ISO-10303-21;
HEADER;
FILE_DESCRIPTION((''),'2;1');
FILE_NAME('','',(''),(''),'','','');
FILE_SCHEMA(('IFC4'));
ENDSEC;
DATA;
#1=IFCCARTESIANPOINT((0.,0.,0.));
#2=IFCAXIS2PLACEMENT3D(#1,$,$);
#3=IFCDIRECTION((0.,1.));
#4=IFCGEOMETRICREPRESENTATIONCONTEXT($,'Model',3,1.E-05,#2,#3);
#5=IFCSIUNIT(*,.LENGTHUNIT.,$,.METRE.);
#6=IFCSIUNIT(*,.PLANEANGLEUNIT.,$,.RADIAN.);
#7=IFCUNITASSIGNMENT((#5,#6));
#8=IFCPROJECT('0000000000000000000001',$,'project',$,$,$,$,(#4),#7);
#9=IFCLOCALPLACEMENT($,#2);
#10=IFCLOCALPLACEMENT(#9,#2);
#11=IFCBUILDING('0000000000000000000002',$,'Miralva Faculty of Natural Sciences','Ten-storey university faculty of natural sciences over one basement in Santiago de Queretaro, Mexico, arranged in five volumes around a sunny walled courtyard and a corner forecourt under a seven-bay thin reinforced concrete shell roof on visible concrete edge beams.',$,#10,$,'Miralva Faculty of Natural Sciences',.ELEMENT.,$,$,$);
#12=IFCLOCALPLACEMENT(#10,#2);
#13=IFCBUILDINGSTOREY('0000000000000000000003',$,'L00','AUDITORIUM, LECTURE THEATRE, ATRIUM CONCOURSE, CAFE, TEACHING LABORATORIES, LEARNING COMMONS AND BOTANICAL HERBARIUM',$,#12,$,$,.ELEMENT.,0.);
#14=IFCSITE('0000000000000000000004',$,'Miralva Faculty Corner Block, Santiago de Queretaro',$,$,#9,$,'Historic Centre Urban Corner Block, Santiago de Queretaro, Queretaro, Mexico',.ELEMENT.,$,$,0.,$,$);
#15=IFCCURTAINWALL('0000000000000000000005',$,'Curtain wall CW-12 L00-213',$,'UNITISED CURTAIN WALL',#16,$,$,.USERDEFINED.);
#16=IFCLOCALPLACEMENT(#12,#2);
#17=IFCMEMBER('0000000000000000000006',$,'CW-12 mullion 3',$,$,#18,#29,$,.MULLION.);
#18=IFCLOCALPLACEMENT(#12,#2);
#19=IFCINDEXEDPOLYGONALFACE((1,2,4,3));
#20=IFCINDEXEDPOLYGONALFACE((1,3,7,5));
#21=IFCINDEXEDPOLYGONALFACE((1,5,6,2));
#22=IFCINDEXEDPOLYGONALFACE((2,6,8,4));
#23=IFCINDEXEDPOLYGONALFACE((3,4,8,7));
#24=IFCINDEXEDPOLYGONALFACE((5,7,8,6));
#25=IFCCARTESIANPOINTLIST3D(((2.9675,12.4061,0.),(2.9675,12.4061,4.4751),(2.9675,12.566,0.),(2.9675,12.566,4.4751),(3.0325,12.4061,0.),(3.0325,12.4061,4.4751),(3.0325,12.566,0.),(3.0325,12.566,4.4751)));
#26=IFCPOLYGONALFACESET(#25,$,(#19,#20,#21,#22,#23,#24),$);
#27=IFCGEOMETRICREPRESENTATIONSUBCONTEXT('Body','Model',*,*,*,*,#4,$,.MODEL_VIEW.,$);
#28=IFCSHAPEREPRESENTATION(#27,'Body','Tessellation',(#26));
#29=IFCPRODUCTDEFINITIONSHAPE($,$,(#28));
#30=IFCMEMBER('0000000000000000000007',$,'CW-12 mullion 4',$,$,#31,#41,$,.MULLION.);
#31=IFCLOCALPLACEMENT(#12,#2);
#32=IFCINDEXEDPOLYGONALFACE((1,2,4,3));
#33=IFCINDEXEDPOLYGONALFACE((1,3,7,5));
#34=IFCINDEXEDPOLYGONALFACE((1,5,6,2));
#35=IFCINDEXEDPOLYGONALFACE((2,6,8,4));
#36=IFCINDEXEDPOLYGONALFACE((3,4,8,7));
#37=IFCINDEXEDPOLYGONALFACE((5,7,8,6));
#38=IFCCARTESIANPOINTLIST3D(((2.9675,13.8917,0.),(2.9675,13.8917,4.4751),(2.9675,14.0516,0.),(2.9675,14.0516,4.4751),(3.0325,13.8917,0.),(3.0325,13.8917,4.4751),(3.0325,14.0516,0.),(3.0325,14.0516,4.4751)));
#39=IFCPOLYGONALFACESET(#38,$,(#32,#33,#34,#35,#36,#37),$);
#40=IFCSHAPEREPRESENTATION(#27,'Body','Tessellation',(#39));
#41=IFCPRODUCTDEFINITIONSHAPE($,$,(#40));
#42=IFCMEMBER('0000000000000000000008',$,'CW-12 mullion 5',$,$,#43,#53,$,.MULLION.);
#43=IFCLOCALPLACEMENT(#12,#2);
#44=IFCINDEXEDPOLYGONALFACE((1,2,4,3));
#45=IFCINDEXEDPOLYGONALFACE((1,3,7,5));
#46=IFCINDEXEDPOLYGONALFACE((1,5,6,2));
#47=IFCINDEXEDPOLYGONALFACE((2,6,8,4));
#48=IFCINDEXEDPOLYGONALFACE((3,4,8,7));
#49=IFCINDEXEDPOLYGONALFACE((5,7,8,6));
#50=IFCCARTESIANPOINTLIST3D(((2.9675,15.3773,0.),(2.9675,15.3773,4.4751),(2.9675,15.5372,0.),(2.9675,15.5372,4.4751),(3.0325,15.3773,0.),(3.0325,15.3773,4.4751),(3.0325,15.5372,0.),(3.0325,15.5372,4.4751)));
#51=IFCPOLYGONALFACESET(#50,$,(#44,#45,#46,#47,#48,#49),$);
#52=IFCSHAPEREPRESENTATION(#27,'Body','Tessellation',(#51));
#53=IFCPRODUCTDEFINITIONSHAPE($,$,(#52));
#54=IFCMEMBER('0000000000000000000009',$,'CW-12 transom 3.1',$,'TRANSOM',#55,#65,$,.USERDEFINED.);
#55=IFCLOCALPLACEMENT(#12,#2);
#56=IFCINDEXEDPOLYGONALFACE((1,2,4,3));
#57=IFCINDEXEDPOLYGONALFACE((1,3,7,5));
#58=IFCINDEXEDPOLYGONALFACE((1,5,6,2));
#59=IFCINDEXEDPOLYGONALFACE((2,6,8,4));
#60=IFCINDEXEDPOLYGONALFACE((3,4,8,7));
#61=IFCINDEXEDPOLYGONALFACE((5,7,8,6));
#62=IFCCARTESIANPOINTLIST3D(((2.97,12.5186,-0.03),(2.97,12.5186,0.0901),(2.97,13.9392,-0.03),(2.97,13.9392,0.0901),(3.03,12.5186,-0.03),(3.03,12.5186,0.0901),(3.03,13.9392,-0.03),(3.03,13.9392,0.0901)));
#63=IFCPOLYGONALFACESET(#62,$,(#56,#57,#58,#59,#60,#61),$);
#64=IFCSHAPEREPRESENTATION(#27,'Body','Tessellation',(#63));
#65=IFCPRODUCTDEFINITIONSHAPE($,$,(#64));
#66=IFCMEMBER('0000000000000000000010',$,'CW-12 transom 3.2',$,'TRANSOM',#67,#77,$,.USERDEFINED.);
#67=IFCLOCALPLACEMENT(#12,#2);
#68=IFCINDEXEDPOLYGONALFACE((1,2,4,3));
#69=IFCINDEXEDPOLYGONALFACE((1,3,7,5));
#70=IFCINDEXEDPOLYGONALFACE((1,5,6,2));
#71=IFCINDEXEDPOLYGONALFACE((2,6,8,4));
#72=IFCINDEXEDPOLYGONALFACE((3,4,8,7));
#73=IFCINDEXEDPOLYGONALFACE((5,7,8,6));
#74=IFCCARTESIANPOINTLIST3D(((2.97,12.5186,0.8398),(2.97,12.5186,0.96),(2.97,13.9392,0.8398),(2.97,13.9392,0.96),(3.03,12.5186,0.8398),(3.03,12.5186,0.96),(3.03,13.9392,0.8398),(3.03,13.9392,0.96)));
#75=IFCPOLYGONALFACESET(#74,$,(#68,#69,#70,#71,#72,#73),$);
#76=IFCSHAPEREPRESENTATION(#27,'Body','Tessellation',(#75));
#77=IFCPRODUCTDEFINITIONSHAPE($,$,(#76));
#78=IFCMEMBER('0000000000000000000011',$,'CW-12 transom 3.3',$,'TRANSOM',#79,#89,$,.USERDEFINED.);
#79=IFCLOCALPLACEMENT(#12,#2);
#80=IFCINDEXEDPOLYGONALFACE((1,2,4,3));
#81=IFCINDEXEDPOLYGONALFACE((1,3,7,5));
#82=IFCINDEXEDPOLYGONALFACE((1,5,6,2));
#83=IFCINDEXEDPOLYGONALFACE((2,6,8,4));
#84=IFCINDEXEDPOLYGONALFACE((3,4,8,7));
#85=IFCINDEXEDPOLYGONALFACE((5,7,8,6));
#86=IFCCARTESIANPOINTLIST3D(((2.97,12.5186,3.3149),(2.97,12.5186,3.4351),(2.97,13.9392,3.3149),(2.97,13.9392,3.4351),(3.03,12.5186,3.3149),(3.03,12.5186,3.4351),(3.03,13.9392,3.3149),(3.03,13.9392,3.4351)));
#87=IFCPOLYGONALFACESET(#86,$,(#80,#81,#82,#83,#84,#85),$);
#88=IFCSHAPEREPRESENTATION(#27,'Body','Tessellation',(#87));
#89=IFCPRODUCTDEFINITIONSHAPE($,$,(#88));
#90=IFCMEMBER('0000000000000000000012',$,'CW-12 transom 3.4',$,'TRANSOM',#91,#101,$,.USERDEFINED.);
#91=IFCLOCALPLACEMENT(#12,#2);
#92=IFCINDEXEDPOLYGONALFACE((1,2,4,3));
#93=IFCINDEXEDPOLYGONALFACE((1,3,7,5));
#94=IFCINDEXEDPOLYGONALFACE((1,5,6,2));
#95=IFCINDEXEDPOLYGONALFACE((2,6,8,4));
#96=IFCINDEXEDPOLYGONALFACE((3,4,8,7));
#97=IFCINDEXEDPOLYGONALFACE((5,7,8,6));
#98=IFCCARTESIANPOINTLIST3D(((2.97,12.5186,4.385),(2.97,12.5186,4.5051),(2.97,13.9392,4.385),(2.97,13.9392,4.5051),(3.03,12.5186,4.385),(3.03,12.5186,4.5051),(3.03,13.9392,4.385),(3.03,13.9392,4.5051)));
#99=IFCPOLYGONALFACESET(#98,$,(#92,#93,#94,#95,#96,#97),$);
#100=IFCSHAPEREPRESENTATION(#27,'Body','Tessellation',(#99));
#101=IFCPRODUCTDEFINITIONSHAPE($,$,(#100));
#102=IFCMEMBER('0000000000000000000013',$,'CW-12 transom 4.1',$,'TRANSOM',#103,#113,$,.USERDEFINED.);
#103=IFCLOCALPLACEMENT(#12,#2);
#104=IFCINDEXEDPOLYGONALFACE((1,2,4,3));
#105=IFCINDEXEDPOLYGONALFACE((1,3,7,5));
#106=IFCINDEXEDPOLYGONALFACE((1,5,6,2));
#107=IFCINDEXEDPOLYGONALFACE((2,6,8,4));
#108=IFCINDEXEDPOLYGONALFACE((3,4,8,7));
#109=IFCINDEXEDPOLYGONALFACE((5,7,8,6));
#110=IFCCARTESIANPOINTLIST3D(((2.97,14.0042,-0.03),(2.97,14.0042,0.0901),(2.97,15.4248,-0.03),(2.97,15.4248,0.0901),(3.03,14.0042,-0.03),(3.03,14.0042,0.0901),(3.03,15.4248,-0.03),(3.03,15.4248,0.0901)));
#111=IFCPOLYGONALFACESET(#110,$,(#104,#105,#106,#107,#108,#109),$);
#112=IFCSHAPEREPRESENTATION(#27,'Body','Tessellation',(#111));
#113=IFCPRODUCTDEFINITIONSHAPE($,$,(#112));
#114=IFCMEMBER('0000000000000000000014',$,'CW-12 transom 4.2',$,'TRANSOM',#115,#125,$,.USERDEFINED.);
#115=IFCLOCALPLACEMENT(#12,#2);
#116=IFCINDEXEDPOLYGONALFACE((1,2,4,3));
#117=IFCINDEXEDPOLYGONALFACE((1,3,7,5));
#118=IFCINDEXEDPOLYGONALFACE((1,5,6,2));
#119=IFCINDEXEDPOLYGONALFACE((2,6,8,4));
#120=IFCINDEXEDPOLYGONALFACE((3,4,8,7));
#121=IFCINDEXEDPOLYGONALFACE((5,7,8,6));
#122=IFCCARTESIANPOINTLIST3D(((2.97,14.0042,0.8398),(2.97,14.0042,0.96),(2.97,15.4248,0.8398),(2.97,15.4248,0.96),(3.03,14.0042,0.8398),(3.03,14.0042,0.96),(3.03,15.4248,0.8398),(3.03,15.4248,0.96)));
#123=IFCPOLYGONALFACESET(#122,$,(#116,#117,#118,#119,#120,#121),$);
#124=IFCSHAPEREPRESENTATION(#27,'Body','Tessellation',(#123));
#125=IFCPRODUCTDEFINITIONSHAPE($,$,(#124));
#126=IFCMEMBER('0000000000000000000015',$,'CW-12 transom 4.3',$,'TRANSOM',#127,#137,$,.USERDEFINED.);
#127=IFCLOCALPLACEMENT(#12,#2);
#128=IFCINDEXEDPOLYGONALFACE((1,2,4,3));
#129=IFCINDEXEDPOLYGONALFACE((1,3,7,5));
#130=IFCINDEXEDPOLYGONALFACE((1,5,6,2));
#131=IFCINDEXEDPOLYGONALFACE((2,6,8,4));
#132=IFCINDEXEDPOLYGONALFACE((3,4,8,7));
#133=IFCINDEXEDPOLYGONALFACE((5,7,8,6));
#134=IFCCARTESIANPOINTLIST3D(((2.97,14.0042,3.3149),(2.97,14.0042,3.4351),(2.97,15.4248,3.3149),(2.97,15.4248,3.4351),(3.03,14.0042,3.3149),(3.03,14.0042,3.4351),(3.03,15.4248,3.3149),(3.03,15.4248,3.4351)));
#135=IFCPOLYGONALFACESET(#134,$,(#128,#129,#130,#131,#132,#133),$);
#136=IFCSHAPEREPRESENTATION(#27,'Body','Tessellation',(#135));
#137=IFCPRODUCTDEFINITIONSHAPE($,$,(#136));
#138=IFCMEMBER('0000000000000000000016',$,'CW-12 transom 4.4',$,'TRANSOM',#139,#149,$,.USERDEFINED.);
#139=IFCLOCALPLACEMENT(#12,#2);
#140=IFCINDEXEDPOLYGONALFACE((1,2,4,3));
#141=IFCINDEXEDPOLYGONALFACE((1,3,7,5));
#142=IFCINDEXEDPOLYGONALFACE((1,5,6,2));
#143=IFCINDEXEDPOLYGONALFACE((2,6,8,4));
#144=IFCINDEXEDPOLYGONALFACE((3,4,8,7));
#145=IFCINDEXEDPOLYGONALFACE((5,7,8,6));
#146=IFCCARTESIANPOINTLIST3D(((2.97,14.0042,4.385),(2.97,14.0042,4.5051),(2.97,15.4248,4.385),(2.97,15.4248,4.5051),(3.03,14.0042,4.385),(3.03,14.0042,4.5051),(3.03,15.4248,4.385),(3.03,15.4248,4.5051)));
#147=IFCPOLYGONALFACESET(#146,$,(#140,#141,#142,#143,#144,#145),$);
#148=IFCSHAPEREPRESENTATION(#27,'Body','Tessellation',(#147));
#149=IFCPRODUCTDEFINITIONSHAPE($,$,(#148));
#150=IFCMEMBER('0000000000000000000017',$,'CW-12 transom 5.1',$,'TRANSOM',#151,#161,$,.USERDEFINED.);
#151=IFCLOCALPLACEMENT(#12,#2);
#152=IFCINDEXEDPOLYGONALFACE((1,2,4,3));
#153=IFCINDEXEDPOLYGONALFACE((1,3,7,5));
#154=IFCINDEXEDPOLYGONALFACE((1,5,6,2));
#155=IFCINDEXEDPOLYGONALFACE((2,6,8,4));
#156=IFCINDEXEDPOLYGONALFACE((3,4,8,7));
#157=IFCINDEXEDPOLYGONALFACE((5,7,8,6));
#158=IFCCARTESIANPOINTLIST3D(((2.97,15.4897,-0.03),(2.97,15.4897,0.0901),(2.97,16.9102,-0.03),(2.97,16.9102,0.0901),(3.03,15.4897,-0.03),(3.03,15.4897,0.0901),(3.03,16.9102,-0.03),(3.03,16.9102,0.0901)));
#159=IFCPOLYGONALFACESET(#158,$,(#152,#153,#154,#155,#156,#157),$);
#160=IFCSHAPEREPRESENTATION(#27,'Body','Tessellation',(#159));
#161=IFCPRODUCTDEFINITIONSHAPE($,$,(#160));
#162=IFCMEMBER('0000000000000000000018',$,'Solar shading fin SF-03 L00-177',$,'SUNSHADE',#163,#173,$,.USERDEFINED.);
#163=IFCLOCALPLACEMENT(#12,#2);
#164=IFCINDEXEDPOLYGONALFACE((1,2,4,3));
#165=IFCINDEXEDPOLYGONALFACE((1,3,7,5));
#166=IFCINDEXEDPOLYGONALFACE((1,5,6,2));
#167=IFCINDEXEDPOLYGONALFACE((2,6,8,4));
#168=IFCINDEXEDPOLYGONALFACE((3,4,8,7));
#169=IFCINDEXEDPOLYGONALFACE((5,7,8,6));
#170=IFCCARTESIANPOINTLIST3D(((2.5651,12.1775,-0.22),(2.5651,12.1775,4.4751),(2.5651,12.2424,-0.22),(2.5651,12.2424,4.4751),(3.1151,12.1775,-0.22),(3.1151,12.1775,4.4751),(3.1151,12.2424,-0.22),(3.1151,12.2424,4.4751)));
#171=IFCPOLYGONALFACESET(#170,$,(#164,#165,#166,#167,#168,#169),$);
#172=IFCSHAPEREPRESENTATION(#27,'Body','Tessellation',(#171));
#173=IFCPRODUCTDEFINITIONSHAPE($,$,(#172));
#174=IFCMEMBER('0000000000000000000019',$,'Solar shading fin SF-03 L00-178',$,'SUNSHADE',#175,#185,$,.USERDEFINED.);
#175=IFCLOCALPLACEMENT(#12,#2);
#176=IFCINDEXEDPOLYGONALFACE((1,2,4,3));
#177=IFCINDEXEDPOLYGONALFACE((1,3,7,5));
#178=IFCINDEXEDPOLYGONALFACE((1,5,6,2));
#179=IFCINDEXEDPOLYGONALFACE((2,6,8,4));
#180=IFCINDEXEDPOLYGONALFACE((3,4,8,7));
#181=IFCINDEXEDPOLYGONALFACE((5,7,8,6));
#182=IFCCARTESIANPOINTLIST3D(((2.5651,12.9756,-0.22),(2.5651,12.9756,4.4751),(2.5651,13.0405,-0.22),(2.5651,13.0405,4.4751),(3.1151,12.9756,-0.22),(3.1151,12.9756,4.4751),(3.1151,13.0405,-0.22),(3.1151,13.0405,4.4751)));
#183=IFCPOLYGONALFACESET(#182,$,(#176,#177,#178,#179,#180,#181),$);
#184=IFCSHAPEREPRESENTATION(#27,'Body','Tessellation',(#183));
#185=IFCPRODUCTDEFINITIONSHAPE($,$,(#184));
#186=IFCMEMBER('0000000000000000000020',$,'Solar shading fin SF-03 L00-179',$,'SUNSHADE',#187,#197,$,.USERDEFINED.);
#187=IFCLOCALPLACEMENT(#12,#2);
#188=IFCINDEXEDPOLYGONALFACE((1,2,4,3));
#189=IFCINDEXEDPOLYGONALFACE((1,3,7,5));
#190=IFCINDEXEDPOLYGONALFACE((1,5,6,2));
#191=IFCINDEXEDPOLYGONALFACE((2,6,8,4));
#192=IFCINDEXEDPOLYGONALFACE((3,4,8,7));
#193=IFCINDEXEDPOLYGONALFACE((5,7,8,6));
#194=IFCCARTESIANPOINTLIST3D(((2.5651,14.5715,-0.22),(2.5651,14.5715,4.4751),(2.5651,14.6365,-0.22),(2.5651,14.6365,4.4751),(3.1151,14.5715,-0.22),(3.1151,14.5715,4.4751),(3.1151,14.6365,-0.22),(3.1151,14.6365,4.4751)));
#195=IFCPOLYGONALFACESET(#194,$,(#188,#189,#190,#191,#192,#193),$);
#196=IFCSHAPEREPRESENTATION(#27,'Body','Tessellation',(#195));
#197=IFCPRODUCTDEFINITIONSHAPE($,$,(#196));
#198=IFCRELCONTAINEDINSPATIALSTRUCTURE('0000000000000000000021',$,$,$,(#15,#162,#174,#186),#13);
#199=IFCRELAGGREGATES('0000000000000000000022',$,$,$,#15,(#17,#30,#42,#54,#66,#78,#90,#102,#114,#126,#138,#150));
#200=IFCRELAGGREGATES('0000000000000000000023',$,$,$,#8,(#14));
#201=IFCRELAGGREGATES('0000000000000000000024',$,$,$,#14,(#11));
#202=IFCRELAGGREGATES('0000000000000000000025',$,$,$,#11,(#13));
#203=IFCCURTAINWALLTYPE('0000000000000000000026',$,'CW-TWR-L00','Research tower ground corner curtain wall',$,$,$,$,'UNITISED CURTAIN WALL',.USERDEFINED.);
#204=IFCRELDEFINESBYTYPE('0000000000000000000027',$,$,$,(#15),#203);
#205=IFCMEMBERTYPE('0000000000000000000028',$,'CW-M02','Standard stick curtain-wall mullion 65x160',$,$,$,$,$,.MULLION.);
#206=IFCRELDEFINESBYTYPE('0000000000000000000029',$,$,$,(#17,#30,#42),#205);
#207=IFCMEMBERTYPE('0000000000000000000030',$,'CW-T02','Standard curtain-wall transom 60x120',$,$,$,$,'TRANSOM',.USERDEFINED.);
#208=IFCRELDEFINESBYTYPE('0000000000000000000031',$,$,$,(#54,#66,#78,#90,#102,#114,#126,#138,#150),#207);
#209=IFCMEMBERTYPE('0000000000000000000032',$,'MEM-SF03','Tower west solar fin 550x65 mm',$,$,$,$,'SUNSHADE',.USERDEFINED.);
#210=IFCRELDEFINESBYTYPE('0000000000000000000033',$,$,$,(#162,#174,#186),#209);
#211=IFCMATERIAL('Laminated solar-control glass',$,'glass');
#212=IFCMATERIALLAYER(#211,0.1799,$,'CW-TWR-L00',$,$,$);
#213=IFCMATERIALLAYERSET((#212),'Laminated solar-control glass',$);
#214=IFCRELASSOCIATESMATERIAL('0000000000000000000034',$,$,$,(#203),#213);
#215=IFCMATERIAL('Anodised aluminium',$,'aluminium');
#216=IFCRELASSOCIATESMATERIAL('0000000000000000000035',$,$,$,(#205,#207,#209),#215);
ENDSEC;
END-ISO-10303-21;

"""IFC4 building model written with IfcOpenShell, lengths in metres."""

from ifc_helpers import new_model, si_unit, direction, frame, origin, origin_2d, place, context, subcontext, project, spatial, rectangle, extrude, material, layer, layer_set, material_profile, profile_set, type_object, element, aggregate, save


model = new_model("IFC4")

# Units and contexts
model_context = context("Model", 3, precision=1e-05, world=origin(), true_north=direction((0.0, 1.0)))
body_context = subcontext(model_context, "Body", "Model", "MODEL_VIEW")
ifc_project = project(units=[si_unit("LENGTHUNIT", "METRE"), si_unit("PLANEANGLEUNIT", "RADIAN")], contexts=[model_context])

# Site, building, storey
site_placement = place(None, origin())
site = spatial("IfcSite", under=ifc_project, at=site_placement, Name="Miralva Faculty Corner Block, Santiago de Queretaro", LongName="Historic Centre Urban Corner Block, Santiago de Queretaro, Queretaro, Mexico", CompositionType="ELEMENT", RefElevation=0.0)
building_placement = place(site_placement, origin())
building = spatial("IfcBuilding", under=site, at=building_placement, Name="Miralva Faculty of Natural Sciences", Description="Ten-storey university faculty of natural sciences over one basement in Santiago de Queretaro, Mexico, arranged in five volumes around a sunny walled courtyard and a corner forecourt under a seven-bay thin reinforced concrete shell roof on visible concrete edge beams.", LongName="Miralva Faculty of Natural Sciences", CompositionType="ELEMENT")
storey_placement = place(building_placement, origin())
storey = spatial("IfcBuildingStorey", under=building, at=storey_placement, Name="L00", Description="AUDITORIUM, LECTURE THEATRE, ATRIUM CONCOURSE, CAFE, TEACHING LABORATORIES, LEARNING COMMONS AND BOTANICAL HERBARIUM", CompositionType="ELEMENT", Elevation=0.0)

# Curtain wall, members
ifc_material_1 = material(Name="Laminated solar-control glass", Category="glass")
ifc_layer_1 = layer(ifc_material_1, 0.1799, Name="CW-TWR-L00")
ifc_layer_set_1 = layer_set([ifc_layer_1], Name="Laminated solar-control glass")
curtain_wall_type = type_object("IfcCurtainWallType", Name="CW-TWR-L00", Description="Research tower ground corner curtain wall", ElementType="UNITISED CURTAIN WALL", PredefinedType="USERDEFINED", material=ifc_layer_set_1)
curtain_wall_placement = place(storey_placement, origin())
curtain_wall = element("IfcCurtainWall", 1, at=curtain_wall_placement, inside=storey, type_object=curtain_wall_type, Name="Curtain wall CW-12 L00-213", ObjectType="UNITISED CURTAIN WALL", PredefinedType="USERDEFINED")
ifc_material_2 = material(Name="Anodised aluminium", Category="aluminium")
ifc_material_profile_1 = material_profile(ifc_material_2, rectangle(XDim=0.0649, YDim=0.1599, at=origin_2d()), Name="MULLION 65x160")
ifc_profile_set_1 = profile_set([ifc_material_profile_1], Name="Anodised aluminium")
member_type_1 = type_object("IfcMemberType", Name="CW-M02", Description="Standard stick curtain-wall mullion 65x160", PredefinedType="MULLION", material=ifc_profile_set_1)
member_1_placement = place(storey_placement, frame((3.0, 12.4861, 0.0), z_axis=(0.0, 0.0, 1.0), x_axis=(-1.0, 0.0, 0.0)))
member_1 = element("IfcMember", 2, at=member_1_placement, type_object=member_type_1, Name="CW-12 mullion 3", PredefinedType="MULLION", context=body_context, shape_type="SweptSolid", body=[
    extrude(rectangle(XDim=0.0649, YDim=0.1599, at=origin_2d()), origin(), (0.0, 0.0, 1.0), 4.4751),
])
member_2_placement = place(storey_placement, frame((3.0, 13.9717, 0.0), z_axis=(0.0, 0.0, 1.0), x_axis=(-1.0, 0.0, 0.0)))
member_2 = element("IfcMember", 3, at=member_2_placement, type_object=member_type_1, Name="CW-12 mullion 4", PredefinedType="MULLION", context=body_context, shape_type="SweptSolid", body=[
    extrude(rectangle(XDim=0.0649, YDim=0.1599, at=origin_2d()), origin(), (0.0, 0.0, 1.0), 4.4751),
])
member_3_placement = place(storey_placement, frame((3.0, 15.4573, 0.0), z_axis=(0.0, 0.0, 1.0), x_axis=(-1.0, 0.0, 0.0)))
member_3 = element("IfcMember", 4, at=member_3_placement, type_object=member_type_1, Name="CW-12 mullion 5", PredefinedType="MULLION", context=body_context, shape_type="SweptSolid", body=[
    extrude(rectangle(XDim=0.0649, YDim=0.1599, at=origin_2d()), origin(), (0.0, 0.0, 1.0), 4.4751),
])
ifc_material_profile_2 = material_profile(ifc_material_2, rectangle(XDim=0.0601, YDim=0.1201, at=origin_2d()), Name="TRANSOM 60x120")
ifc_profile_set_2 = profile_set([ifc_material_profile_2], Name="Anodised aluminium")
member_type_2 = type_object("IfcMemberType", Name="CW-T02", Description="Standard curtain-wall transom 60x120", ElementType="TRANSOM", PredefinedType="USERDEFINED", material=ifc_profile_set_2)
member_4_placement = place(storey_placement, frame((3.0, 12.5186, 0.03), z_axis=(0.0, 1.0, 0.0), x_axis=(-1.0, 0.0, 0.0)))
member_4 = element("IfcMember", 5, at=member_4_placement, type_object=member_type_2, Name="CW-12 transom 3.1", ObjectType="TRANSOM", PredefinedType="USERDEFINED", context=body_context, shape_type="SweptSolid", body=[
    extrude(rectangle(XDim=0.0601, YDim=0.1201, at=origin_2d()), origin(), (0.0, 0.0, 1.0), 1.4207),
])
member_5_placement = place(storey_placement, frame((3.0, 12.5186, 0.8999), z_axis=(0.0, 1.0, 0.0), x_axis=(-1.0, 0.0, 0.0)))
member_5 = element("IfcMember", 6, at=member_5_placement, type_object=member_type_2, Name="CW-12 transom 3.2", ObjectType="TRANSOM", PredefinedType="USERDEFINED", context=body_context, shape_type="SweptSolid", body=[
    extrude(rectangle(XDim=0.0601, YDim=0.1201, at=origin_2d()), origin(), (0.0, 0.0, 1.0), 1.4207),
])
member_6_placement = place(storey_placement, frame((3.0, 12.5186, 3.375), z_axis=(0.0, 1.0, 0.0), x_axis=(-1.0, 0.0, 0.0)))
member_6 = element("IfcMember", 7, at=member_6_placement, type_object=member_type_2, Name="CW-12 transom 3.3", ObjectType="TRANSOM", PredefinedType="USERDEFINED", context=body_context, shape_type="SweptSolid", body=[
    extrude(rectangle(XDim=0.0601, YDim=0.1201, at=origin_2d()), origin(), (0.0, 0.0, 1.0), 1.4207),
])
member_7_placement = place(storey_placement, frame((3.0, 12.5186, 4.4451), z_axis=(0.0, 1.0, 0.0), x_axis=(-1.0, 0.0, 0.0)))
member_7 = element("IfcMember", 8, at=member_7_placement, type_object=member_type_2, Name="CW-12 transom 3.4", ObjectType="TRANSOM", PredefinedType="USERDEFINED", context=body_context, shape_type="SweptSolid", body=[
    extrude(rectangle(XDim=0.0601, YDim=0.1201, at=origin_2d()), origin(), (0.0, 0.0, 1.0), 1.4207),
])
member_8_placement = place(storey_placement, frame((3.0, 14.0042, 0.03), z_axis=(0.0, 1.0, 0.0), x_axis=(-1.0, 0.0, 0.0)))
member_8 = element("IfcMember", 9, at=member_8_placement, type_object=member_type_2, Name="CW-12 transom 4.1", ObjectType="TRANSOM", PredefinedType="USERDEFINED", context=body_context, shape_type="SweptSolid", body=[
    extrude(rectangle(XDim=0.0601, YDim=0.1201, at=origin_2d()), origin(), (0.0, 0.0, 1.0), 1.4207),
])
member_9_placement = place(storey_placement, frame((3.0, 14.0042, 0.8999), z_axis=(0.0, 1.0, 0.0), x_axis=(-1.0, 0.0, 0.0)))
member_9 = element("IfcMember", 10, at=member_9_placement, type_object=member_type_2, Name="CW-12 transom 4.2", ObjectType="TRANSOM", PredefinedType="USERDEFINED", context=body_context, shape_type="SweptSolid", body=[
    extrude(rectangle(XDim=0.0601, YDim=0.1201, at=origin_2d()), origin(), (0.0, 0.0, 1.0), 1.4207),
])
member_10_placement = place(storey_placement, frame((3.0, 14.0042, 3.375), z_axis=(0.0, 1.0, 0.0), x_axis=(-1.0, 0.0, 0.0)))
member_10 = element("IfcMember", 11, at=member_10_placement, type_object=member_type_2, Name="CW-12 transom 4.3", ObjectType="TRANSOM", PredefinedType="USERDEFINED", context=body_context, shape_type="SweptSolid", body=[
    extrude(rectangle(XDim=0.0601, YDim=0.1201, at=origin_2d()), origin(), (0.0, 0.0, 1.0), 1.4207),
])
member_11_placement = place(storey_placement, frame((3.0, 14.0042, 4.4451), z_axis=(0.0, 1.0, 0.0), x_axis=(-1.0, 0.0, 0.0)))
member_11 = element("IfcMember", 12, at=member_11_placement, type_object=member_type_2, Name="CW-12 transom 4.4", ObjectType="TRANSOM", PredefinedType="USERDEFINED", context=body_context, shape_type="SweptSolid", body=[
    extrude(rectangle(XDim=0.0601, YDim=0.1201, at=origin_2d()), origin(), (0.0, 0.0, 1.0), 1.4207),
])
member_12_placement = place(storey_placement, frame((3.0, 15.4897, 0.03), z_axis=(0.0, 1.0, 0.0), x_axis=(-1.0, 0.0, 0.0)))
member_12 = element("IfcMember", 13, at=member_12_placement, type_object=member_type_2, Name="CW-12 transom 5.1", ObjectType="TRANSOM", PredefinedType="USERDEFINED", context=body_context, shape_type="SweptSolid", body=[
    extrude(rectangle(XDim=0.0601, YDim=0.1201, at=origin_2d()), origin(), (0.0, 0.0, 1.0), 1.4204),
])

# Members
ifc_material_profile_3 = material_profile(ifc_material_2, rectangle(XDim=0.0649, YDim=0.55, at=origin_2d()), Name="FIN 550x65")
ifc_profile_set_3 = profile_set([ifc_material_profile_3], Name="Anodised aluminium")
member_type_3 = type_object("IfcMemberType", Name="MEM-SF03", Description="Tower west solar fin 550x65 mm", ElementType="SUNSHADE", PredefinedType="USERDEFINED", material=ifc_profile_set_3)
for number, where, z_axis, x_axis, name in (
    (14, (2.8401, 12.21, -0.22), (0.0, 0.0, 1.0), (0.0, -1.0, 0.0), "Solar shading fin SF-03 L00-177"),
    (15, (2.8401, 13.0081, -0.22), (0.0, 0.0, 1.0), (0.0, -1.0, 0.0), "Solar shading fin SF-03 L00-178"),
    (16, (2.8401, 14.604, -0.22), (0.0, 0.0, 1.0), (0.0, -1.0, 0.0), "Solar shading fin SF-03 L00-179"),
):
    element("IfcMember", number, at=place(storey_placement, frame(where, z_axis=z_axis, x_axis=x_axis)), inside=storey, type_object=member_type_3, Name=name, ObjectType="SUNSHADE", PredefinedType="USERDEFINED", context=body_context, shape_type="SweptSolid", body=[
        extrude(rectangle(XDim=0.0649, YDim=0.55, at=origin_2d()), origin(), (0.0, 0.0, 1.0), 4.6951),
    ])

aggregate(curtain_wall, [member_1, member_2, member_3, member_4, member_5, member_6, member_7, member_8, member_9, member_10, member_11, member_12])

save(model, "model.ifc")
